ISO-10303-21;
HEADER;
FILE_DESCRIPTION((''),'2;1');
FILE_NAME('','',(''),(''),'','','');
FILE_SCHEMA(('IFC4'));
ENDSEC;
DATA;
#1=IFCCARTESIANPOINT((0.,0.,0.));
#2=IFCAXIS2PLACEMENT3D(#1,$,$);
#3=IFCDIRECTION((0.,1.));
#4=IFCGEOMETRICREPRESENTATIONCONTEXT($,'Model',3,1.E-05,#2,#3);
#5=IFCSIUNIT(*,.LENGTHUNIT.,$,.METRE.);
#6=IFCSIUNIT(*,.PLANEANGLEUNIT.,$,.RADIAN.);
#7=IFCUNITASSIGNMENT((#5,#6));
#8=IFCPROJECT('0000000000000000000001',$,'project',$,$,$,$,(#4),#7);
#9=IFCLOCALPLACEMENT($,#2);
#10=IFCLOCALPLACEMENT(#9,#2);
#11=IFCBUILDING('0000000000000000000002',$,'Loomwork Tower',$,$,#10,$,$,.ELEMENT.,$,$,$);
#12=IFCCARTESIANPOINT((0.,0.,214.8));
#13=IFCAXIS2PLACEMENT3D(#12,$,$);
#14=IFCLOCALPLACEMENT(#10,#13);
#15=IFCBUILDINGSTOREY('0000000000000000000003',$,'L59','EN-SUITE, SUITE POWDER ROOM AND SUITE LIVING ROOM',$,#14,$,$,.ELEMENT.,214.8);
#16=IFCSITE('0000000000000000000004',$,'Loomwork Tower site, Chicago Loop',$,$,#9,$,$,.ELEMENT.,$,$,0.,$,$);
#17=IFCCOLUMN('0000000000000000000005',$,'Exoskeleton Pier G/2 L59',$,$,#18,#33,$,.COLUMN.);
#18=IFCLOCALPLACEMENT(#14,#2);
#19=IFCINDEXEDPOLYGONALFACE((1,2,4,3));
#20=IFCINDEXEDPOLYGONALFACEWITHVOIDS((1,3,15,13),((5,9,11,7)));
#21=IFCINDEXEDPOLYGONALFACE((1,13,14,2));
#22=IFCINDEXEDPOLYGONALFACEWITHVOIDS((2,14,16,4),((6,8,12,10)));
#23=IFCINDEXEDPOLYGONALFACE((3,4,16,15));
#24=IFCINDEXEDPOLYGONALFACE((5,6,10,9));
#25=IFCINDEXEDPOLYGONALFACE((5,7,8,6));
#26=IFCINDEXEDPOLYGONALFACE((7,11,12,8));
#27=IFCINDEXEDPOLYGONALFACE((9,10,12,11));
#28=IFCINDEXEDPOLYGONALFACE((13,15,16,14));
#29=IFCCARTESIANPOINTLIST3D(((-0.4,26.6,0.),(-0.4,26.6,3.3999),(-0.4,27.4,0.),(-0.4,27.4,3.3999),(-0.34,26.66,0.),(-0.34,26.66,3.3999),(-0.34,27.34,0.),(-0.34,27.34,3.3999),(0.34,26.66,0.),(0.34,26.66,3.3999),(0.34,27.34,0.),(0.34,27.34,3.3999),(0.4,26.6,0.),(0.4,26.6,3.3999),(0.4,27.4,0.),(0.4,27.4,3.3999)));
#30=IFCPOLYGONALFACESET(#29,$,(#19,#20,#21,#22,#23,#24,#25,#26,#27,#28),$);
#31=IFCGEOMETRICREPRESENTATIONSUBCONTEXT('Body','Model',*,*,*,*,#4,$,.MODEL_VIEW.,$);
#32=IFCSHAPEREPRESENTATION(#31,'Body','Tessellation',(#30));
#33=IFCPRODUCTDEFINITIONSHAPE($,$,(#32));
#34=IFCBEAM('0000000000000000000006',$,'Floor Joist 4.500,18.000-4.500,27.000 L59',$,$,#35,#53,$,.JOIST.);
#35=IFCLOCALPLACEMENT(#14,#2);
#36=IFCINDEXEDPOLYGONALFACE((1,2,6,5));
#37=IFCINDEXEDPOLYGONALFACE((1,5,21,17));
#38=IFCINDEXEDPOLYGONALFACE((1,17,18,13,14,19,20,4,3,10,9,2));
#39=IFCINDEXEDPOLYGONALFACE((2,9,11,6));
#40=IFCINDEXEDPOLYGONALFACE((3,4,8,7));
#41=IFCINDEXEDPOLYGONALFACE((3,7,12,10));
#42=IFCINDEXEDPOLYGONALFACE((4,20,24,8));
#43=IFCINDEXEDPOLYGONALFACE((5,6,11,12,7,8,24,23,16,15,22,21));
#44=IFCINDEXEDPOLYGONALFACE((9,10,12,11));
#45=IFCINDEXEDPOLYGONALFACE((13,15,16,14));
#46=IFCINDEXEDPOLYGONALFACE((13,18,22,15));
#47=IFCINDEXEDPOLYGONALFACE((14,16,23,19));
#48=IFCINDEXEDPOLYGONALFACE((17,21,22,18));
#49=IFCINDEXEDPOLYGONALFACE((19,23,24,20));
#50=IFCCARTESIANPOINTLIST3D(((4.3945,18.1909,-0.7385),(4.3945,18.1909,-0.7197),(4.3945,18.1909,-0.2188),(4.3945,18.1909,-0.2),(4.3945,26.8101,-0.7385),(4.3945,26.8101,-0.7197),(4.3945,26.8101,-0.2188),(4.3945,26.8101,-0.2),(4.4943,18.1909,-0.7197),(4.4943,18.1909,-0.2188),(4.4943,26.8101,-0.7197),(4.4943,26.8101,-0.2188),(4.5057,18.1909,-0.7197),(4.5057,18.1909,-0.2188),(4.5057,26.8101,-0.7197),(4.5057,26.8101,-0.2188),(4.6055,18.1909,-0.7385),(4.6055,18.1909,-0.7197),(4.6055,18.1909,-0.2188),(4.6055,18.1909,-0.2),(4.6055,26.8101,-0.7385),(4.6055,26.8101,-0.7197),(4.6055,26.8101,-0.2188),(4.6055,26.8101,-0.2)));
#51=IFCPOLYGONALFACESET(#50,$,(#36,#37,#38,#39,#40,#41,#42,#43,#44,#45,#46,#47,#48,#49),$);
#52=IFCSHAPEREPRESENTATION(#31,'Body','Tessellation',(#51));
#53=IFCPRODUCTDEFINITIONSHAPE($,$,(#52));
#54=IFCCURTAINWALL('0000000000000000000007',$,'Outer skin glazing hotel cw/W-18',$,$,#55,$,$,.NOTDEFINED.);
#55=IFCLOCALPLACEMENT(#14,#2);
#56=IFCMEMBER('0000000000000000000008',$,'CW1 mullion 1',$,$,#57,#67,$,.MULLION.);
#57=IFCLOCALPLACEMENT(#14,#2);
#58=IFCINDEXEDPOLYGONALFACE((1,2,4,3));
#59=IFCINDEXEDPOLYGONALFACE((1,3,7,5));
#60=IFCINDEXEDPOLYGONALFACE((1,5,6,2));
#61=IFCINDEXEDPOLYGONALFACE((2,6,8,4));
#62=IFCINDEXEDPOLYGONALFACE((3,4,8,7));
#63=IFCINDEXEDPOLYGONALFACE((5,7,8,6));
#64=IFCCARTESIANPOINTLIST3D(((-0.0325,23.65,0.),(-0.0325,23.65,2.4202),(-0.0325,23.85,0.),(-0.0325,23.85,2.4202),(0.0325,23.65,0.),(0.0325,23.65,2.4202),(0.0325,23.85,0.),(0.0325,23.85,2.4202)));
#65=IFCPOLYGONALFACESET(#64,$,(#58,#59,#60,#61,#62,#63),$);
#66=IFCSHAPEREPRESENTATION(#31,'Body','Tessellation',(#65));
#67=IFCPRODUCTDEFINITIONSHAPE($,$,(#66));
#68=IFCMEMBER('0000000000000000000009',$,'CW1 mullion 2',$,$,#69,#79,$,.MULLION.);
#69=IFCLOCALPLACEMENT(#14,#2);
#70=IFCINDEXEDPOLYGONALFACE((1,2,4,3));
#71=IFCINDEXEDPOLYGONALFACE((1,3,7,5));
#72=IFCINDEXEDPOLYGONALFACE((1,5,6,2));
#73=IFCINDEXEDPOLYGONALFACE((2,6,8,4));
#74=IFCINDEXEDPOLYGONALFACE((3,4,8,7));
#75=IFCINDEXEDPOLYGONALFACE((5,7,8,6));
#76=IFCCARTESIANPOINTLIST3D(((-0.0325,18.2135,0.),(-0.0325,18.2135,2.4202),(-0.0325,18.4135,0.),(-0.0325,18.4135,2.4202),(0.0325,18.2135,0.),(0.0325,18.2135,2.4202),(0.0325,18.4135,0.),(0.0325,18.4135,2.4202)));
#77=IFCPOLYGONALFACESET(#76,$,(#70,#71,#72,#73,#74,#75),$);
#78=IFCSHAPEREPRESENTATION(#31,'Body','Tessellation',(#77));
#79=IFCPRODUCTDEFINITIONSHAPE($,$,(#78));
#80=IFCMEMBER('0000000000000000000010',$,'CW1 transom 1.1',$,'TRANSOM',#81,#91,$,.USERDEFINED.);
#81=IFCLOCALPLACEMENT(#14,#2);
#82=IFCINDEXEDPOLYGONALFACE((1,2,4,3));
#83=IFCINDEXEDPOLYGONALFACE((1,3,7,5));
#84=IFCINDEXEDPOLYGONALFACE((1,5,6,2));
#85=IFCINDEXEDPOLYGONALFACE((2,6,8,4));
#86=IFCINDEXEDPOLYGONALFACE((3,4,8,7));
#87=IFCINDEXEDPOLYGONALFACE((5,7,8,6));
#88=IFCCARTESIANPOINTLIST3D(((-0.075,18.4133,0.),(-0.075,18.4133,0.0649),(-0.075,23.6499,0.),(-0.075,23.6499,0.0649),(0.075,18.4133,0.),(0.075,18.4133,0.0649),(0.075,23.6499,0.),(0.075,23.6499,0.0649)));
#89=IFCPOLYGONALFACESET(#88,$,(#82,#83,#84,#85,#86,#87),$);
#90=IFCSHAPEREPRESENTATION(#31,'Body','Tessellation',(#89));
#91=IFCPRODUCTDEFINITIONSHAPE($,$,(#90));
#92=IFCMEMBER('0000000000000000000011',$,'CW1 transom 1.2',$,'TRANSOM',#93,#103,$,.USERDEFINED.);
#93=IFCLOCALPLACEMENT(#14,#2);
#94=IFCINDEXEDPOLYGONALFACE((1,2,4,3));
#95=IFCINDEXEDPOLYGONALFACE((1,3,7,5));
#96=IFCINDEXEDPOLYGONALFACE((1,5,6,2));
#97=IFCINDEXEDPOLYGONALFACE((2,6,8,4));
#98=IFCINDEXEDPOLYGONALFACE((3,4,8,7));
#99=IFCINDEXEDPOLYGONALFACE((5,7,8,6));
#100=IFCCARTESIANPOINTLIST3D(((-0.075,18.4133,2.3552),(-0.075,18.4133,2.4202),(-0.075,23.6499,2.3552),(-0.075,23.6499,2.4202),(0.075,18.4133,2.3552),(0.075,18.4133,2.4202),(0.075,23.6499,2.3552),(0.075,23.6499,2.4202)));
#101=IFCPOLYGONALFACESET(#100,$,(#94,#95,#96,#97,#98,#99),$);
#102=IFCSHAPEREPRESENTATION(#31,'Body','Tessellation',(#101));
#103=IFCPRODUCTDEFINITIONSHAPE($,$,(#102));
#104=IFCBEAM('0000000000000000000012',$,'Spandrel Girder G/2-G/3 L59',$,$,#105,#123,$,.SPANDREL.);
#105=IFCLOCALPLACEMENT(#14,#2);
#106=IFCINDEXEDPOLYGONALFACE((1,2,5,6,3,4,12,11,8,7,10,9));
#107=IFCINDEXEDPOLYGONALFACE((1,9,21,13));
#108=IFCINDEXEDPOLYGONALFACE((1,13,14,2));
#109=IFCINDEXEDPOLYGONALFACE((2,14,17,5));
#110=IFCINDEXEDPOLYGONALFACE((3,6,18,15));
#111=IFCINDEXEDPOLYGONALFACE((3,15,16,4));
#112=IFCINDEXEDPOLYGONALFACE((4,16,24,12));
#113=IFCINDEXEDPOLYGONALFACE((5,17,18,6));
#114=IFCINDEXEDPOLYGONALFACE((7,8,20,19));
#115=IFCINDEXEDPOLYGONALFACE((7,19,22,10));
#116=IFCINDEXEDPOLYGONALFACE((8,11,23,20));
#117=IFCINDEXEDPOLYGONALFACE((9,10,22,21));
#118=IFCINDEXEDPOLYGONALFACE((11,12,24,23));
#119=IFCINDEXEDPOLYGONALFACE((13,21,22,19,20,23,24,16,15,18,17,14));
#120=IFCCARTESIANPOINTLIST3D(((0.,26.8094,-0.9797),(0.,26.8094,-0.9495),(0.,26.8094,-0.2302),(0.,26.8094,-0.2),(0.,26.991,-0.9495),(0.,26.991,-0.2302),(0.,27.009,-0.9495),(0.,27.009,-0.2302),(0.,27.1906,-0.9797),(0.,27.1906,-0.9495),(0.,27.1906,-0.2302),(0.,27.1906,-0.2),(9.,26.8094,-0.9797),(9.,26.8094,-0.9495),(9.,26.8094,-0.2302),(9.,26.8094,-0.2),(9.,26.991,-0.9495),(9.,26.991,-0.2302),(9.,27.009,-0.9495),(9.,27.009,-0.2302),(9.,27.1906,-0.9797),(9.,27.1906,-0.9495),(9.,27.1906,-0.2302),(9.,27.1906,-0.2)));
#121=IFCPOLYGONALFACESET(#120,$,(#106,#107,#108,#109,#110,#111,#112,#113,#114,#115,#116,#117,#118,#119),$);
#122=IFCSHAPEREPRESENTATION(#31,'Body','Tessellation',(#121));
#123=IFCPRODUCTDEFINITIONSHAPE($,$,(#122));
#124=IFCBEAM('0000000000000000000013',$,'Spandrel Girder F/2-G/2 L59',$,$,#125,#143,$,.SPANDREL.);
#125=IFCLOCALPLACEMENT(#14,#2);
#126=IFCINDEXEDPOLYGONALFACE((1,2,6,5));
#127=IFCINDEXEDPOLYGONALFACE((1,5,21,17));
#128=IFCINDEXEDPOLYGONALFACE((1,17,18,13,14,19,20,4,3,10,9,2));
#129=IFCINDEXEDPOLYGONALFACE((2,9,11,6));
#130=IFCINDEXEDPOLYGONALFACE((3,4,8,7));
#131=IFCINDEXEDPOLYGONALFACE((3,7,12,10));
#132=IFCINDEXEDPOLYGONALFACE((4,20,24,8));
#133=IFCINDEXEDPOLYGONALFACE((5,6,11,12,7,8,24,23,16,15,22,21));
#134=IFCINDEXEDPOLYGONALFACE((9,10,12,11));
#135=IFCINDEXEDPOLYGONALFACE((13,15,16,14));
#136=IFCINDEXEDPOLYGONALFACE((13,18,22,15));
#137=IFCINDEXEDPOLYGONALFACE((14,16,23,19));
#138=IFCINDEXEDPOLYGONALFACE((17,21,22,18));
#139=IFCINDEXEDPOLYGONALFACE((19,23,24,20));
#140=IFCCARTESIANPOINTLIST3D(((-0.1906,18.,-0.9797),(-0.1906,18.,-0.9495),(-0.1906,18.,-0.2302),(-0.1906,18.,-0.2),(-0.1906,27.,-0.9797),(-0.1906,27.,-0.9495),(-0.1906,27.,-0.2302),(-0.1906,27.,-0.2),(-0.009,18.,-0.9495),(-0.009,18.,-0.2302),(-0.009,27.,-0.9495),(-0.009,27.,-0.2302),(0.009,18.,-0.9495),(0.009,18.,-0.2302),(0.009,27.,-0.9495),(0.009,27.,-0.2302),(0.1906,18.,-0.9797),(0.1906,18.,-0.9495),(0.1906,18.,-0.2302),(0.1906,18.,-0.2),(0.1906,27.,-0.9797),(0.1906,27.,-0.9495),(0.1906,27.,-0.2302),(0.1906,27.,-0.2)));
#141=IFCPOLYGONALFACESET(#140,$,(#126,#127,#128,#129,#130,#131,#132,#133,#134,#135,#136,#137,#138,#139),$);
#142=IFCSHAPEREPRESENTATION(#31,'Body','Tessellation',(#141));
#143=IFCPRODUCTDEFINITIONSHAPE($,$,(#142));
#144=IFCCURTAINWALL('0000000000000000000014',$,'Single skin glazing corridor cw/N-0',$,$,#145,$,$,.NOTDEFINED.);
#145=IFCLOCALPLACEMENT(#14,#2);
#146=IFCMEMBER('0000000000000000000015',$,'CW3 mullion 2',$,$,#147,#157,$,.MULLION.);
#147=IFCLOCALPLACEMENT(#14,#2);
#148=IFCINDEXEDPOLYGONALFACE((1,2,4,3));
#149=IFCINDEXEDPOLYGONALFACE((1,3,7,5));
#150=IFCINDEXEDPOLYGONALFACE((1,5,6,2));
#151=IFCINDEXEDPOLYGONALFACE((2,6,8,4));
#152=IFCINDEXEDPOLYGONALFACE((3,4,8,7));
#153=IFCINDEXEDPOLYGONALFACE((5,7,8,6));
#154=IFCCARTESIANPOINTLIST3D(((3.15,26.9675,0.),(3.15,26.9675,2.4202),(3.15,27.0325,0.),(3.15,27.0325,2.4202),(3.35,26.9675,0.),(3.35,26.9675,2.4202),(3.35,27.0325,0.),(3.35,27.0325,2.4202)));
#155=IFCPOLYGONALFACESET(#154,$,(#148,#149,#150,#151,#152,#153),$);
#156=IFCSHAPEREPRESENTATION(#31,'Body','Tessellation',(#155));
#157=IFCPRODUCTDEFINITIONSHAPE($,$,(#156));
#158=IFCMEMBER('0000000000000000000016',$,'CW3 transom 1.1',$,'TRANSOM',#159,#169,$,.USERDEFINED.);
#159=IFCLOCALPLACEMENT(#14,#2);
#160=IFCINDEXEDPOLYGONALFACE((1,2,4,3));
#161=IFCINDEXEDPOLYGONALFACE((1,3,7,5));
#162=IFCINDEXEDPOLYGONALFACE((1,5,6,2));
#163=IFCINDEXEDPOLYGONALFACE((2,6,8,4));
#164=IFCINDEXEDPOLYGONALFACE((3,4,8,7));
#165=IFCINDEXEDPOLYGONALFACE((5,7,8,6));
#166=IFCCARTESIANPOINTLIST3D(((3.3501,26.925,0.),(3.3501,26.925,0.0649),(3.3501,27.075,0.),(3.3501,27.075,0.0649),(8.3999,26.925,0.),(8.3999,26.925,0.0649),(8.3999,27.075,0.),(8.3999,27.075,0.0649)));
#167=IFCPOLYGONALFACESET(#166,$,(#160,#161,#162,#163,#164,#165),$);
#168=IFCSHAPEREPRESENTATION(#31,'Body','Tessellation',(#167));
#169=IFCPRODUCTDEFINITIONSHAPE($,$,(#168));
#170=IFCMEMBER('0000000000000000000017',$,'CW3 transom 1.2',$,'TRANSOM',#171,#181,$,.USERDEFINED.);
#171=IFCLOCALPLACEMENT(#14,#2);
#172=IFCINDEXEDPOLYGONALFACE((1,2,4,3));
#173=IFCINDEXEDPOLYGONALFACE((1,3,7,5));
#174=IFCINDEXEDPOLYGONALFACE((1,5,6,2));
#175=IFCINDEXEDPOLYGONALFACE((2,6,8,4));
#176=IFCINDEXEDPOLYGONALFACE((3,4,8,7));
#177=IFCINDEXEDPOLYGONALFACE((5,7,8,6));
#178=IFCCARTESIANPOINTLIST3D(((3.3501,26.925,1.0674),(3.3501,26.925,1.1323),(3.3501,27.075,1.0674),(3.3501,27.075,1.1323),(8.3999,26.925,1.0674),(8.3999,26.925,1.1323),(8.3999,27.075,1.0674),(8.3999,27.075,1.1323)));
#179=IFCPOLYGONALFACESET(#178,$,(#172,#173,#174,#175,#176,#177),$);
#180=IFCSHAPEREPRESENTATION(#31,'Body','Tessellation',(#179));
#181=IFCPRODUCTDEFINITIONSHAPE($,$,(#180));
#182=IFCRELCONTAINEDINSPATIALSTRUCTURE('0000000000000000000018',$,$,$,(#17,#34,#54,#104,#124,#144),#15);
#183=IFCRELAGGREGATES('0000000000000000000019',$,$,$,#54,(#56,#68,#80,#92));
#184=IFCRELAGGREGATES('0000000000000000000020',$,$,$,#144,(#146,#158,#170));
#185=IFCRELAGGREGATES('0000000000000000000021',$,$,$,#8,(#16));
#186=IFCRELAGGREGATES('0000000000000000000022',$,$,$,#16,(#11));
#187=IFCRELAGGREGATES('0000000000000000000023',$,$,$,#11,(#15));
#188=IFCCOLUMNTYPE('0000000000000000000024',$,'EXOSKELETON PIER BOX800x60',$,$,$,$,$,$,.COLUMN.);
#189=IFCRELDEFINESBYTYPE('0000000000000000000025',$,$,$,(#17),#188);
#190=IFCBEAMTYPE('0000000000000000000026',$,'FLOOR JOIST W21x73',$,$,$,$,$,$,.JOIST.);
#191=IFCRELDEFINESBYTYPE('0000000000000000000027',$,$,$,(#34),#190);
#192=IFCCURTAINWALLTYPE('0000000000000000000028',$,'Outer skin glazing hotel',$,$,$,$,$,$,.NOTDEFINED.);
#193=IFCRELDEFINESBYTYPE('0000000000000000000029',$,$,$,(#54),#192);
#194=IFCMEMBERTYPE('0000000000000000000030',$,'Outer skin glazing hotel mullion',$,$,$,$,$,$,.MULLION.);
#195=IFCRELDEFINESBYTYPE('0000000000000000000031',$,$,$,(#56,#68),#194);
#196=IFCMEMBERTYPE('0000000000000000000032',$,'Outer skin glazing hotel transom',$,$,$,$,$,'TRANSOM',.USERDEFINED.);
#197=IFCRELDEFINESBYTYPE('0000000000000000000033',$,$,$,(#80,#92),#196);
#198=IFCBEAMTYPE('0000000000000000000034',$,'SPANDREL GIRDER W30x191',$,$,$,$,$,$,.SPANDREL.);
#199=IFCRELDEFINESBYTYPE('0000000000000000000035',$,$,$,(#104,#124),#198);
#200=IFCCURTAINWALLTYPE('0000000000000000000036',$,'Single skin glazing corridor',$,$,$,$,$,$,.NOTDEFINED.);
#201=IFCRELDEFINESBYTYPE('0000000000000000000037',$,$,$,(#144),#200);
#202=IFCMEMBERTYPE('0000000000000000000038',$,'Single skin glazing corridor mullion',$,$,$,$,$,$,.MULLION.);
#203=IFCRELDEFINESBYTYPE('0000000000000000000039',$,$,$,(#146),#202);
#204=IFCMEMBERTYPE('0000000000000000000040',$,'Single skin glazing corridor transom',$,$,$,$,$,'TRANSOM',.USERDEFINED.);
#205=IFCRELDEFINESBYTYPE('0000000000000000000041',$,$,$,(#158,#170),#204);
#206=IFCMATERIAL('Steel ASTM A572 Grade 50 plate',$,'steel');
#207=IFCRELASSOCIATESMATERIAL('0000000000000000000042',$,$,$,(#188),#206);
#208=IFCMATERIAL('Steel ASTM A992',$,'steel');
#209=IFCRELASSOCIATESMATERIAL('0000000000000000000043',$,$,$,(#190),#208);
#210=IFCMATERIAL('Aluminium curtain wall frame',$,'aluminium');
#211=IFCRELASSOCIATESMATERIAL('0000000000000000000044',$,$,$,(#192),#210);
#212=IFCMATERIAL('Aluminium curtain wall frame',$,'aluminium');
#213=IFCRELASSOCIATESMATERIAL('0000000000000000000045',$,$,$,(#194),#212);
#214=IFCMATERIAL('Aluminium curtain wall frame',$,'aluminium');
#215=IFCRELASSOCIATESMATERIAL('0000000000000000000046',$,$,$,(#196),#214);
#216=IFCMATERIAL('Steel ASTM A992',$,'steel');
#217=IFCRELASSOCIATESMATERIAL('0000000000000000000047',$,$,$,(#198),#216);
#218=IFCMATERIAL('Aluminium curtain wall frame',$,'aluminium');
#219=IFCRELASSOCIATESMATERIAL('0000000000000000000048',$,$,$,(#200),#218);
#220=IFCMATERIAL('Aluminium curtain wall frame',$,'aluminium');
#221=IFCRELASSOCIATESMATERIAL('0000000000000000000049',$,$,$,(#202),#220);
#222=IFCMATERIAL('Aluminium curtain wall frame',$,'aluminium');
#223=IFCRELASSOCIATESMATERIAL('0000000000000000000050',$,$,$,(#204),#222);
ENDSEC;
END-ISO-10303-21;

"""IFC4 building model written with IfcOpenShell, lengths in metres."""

from ifc_helpers import new_model, si_unit, direction, frame, origin, origin_2d, place, context, subcontext, project, spatial, rectangle, hollow_rectangle, i_section, extrude, material, material_profile, profile_set, type_object, element, aggregate, save


model = new_model("IFC4")

# Units and contexts
model_context = context("Model", 3, precision=1e-05, world=origin(), true_north=direction((0.0, 1.0)))
body_context = subcontext(model_context, "Body", "Model", "MODEL_VIEW")
ifc_project = project(units=[si_unit("LENGTHUNIT", "METRE"), si_unit("PLANEANGLEUNIT", "RADIAN")], contexts=[model_context])

# Site, building, storey
site_placement = place(None, origin())
site = spatial("IfcSite", under=ifc_project, at=site_placement, Name="Loomwork Tower site, Chicago Loop", CompositionType="ELEMENT", RefElevation=0.0)
building_placement = place(site_placement, origin())
building = spatial("IfcBuilding", under=site, at=building_placement, Name="Loomwork Tower", CompositionType="ELEMENT")
storey_placement = place(building_placement, frame((0.0, 0.0, 214.8)))
storey = spatial("IfcBuildingStorey", under=building, at=storey_placement, Name="L59", Description="EN-SUITE, SUITE POWDER ROOM AND SUITE LIVING ROOM", CompositionType="ELEMENT", Elevation=214.8)

# Column
ifc_material_1 = material(Name="Steel ASTM A572 Grade 50 plate", Category="steel")
ifc_material_profile_1 = material_profile(ifc_material_1, hollow_rectangle(XDim=0.8, YDim=0.8, WallThickness=0.0601, at=origin_2d()), Name="BOX800x60")
ifc_profile_set_1 = profile_set([ifc_material_profile_1], Name="Steel ASTM A572 Grade 50 plate")
column_type = type_object("IfcColumnType", Name="EXOSKELETON PIER BOX800x60", PredefinedType="COLUMN", material=ifc_profile_set_1)
column_placement = place(storey_placement, frame((0.0, 27.0, 0.0), z_axis=(0.0, 0.0, 1.0), x_axis=(0.0, 1.0, 0.0)))
element("IfcColumn", 1, at=column_placement, inside=storey, type_object=column_type, Name="Exoskeleton Pier G/2 L59", PredefinedType="COLUMN", context=body_context, shape_type="SweptSolid", body=[
    extrude(hollow_rectangle(XDim=0.8, YDim=0.8, WallThickness=0.0601, at=origin_2d()), origin(), (0.0, 0.0, 1.0), 3.3999),
])

# Beam
ifc_material_2 = material(Name="Steel ASTM A992", Category="steel")
ifc_material_profile_2 = material_profile(ifc_material_2, i_section(OverallWidth=0.2109, OverallDepth=0.5386, WebThickness=0.0115, FlangeThickness=0.0188, at=origin_2d()), Name="W21x73")
ifc_profile_set_2 = profile_set([ifc_material_profile_2], Name="Steel ASTM A992")
beam_type_1 = type_object("IfcBeamType", Name="FLOOR JOIST W21x73", PredefinedType="JOIST", material=ifc_profile_set_2)
beam_placement = place(storey_placement, frame((4.5, 18.1909, -0.4692), z_axis=(0.0, 1.0, 0.0), x_axis=(-1.0, 0.0, 0.0)))
element("IfcBeam", 2, at=beam_placement, inside=storey, type_object=beam_type_1, Name="Floor Joist 4.500,18.000-4.500,27.000 L59", PredefinedType="JOIST", context=body_context, shape_type="SweptSolid", body=[
    extrude(i_section(OverallWidth=0.2109, OverallDepth=0.5386, WebThickness=0.0115, FlangeThickness=0.0188, at=origin_2d()), origin(), (0.0, 0.0, 1.0), 8.6191),
])

# Curtain wall, members
ifc_material_3 = material(Name="Aluminium curtain wall frame", Category="aluminium")
curtain_wall_type_1 = type_object("IfcCurtainWallType", Name="Outer skin glazing hotel", PredefinedType="NOTDEFINED", material=ifc_material_3)
curtain_wall_1_placement = place(storey_placement, origin())
curtain_wall_1 = element("IfcCurtainWall", 3, at=curtain_wall_1_placement, inside=storey, type_object=curtain_wall_type_1, Name="Outer skin glazing hotel cw/W-18", PredefinedType="NOTDEFINED")
ifc_material_4 = material(Name="Aluminium curtain wall frame", Category="aluminium")
ifc_material_profile_3 = material_profile(ifc_material_4, rectangle(XDim=0.0649, YDim=0.2, at=origin_2d()), Name="AL 65x200")
ifc_profile_set_3 = profile_set([ifc_material_profile_3], Name="Aluminium curtain wall frame")
member_type_1 = type_object("IfcMemberType", Name="Outer skin glazing hotel mullion", PredefinedType="MULLION", material=ifc_profile_set_3)
member_1_placement = place(storey_placement, frame((0.0, 23.75, 0.0), z_axis=(0.0, 0.0, 1.0), x_axis=(1.0, 0.0, 0.0)))
member_1 = element("IfcMember", 4, at=member_1_placement, type_object=member_type_1, Name="CW1 mullion 1", PredefinedType="MULLION", context=body_context, shape_type="SweptSolid", body=[
    extrude(rectangle(XDim=0.0649, YDim=0.2, at=origin_2d()), origin(), (0.0, 0.0, 1.0), 2.4202),
])
member_2_placement = place(storey_placement, frame((0.0, 18.3135, 0.0), z_axis=(0.0, 0.0, 1.0), x_axis=(1.0, 0.0, 0.0)))
member_2 = element("IfcMember", 5, at=member_2_placement, type_object=member_type_1, Name="CW1 mullion 2", PredefinedType="MULLION", context=body_context, shape_type="SweptSolid", body=[
    extrude(rectangle(XDim=0.0649, YDim=0.2, at=origin_2d()), origin(), (0.0, 0.0, 1.0), 2.4202),
])
ifc_material_5 = material(Name="Aluminium curtain wall frame", Category="aluminium")
ifc_material_profile_4 = material_profile(ifc_material_5, rectangle(XDim=0.1499, YDim=0.0649, at=origin_2d()), Name="AL 65x150")
ifc_profile_set_4 = profile_set([ifc_material_profile_4], Name="Aluminium curtain wall frame")
member_type_2 = type_object("IfcMemberType", Name="Outer skin glazing hotel transom", ElementType="TRANSOM", PredefinedType="USERDEFINED", material=ifc_profile_set_4)
member_3_placement = place(storey_placement, frame((0.0, 23.6499, 0.0325), z_axis=(0.0, -1.0, 0.0), x_axis=(1.0, 0.0, 0.0)))
member_3 = element("IfcMember", 6, at=member_3_placement, type_object=member_type_2, Name="CW1 transom 1.1", ObjectType="TRANSOM", PredefinedType="USERDEFINED", context=body_context, shape_type="SweptSolid", body=[
    extrude(rectangle(XDim=0.1499, YDim=0.0649, at=origin_2d()), origin(), (0.0, 0.0, 1.0), 5.2366),
])
member_4_placement = place(storey_placement, frame((0.0, 23.6499, 2.3877), z_axis=(0.0, -1.0, 0.0), x_axis=(1.0, 0.0, 0.0)))
member_4 = element("IfcMember", 7, at=member_4_placement, type_object=member_type_2, Name="CW1 transom 1.2", ObjectType="TRANSOM", PredefinedType="USERDEFINED", context=body_context, shape_type="SweptSolid", body=[
    extrude(rectangle(XDim=0.1499, YDim=0.0649, at=origin_2d()), origin(), (0.0, 0.0, 1.0), 5.2366),
])

# Beams
ifc_material_6 = material(Name="Steel ASTM A992", Category="steel")
ifc_material_profile_5 = material_profile(ifc_material_6, i_section(OverallWidth=0.3811, OverallDepth=0.7798, WebThickness=0.0181, FlangeThickness=0.0303, at=origin_2d()), Name="W30x191")
ifc_profile_set_5 = profile_set([ifc_material_profile_5], Name="Steel ASTM A992")
beam_type_2 = type_object("IfcBeamType", Name="SPANDREL GIRDER W30x191", PredefinedType="SPANDREL", material=ifc_profile_set_5)
for number, where, z_axis, x_axis, name in (
    (8, (0.0, 27.0, -0.5898), (1.0, 0.0, 0.0), (0.0, 1.0, 0.0), "Spandrel Girder G/2-G/3 L59"),
    (9, (0.0, 18.0, -0.5898), (0.0, 1.0, 0.0), (-1.0, 0.0, 0.0), "Spandrel Girder F/2-G/2 L59"),
):
    element("IfcBeam", number, at=place(storey_placement, frame(where, z_axis=z_axis, x_axis=x_axis)), inside=storey, type_object=beam_type_2, Name=name, PredefinedType="SPANDREL", context=body_context, shape_type="SweptSolid", body=[
        extrude(i_section(OverallWidth=0.3811, OverallDepth=0.7798, WebThickness=0.0181, FlangeThickness=0.0303, at=origin_2d()), origin(), (0.0, 0.0, 1.0), 9.0),
    ])

# Curtain wall, members
ifc_material_7 = material(Name="Aluminium curtain wall frame", Category="aluminium")
curtain_wall_type_2 = type_object("IfcCurtainWallType", Name="Single skin glazing corridor", PredefinedType="NOTDEFINED", material=ifc_material_7)
curtain_wall_2_placement = place(storey_placement, origin())
curtain_wall_2 = element("IfcCurtainWall", 10, at=curtain_wall_2_placement, inside=storey, type_object=curtain_wall_type_2, Name="Single skin glazing corridor cw/N-0", PredefinedType="NOTDEFINED")
ifc_material_8 = material(Name="Aluminium curtain wall frame", Category="aluminium")
ifc_material_profile_6 = material_profile(ifc_material_8, rectangle(XDim=0.0649, YDim=0.2, at=origin_2d()), Name="AL 65x200")
ifc_profile_set_6 = profile_set([ifc_material_profile_6], Name="Aluminium curtain wall frame")
member_type_3 = type_object("IfcMemberType", Name="Single skin glazing corridor mullion", PredefinedType="MULLION", material=ifc_profile_set_6)
member_5_placement = place(storey_placement, frame((3.25, 27.0, 0.0), z_axis=(0.0, 0.0, 1.0), x_axis=(0.0, -1.0, 0.0)))
member_5 = element("IfcMember", 11, at=member_5_placement, type_object=member_type_3, Name="CW3 mullion 2", PredefinedType="MULLION", context=body_context, shape_type="SweptSolid", body=[
    extrude(rectangle(XDim=0.0649, YDim=0.2, at=origin_2d()), origin(), (0.0, 0.0, 1.0), 2.4202),
])
ifc_material_9 = material(Name="Aluminium curtain wall frame", Category="aluminium")
ifc_material_profile_7 = material_profile(ifc_material_9, rectangle(XDim=0.1499, YDim=0.0649, at=origin_2d()), Name="AL 65x150")
ifc_profile_set_7 = profile_set([ifc_material_profile_7], Name="Aluminium curtain wall frame")
member_type_4 = type_object("IfcMemberType", Name="Single skin glazing corridor transom", ElementType="TRANSOM", PredefinedType="USERDEFINED", material=ifc_profile_set_7)
member_6_placement = place(storey_placement, frame((8.3999, 27.0, 0.0325), z_axis=(-1.0, 0.0, 0.0), x_axis=(0.0, -1.0, 0.0)))
member_6 = element("IfcMember", 12, at=member_6_placement, type_object=member_type_4, Name="CW3 transom 1.1", ObjectType="TRANSOM", PredefinedType="USERDEFINED", context=body_context, shape_type="SweptSolid", body=[
    extrude(rectangle(XDim=0.1499, YDim=0.0649, at=origin_2d()), origin(), (0.0, 0.0, 1.0), 5.0498),
])
member_7_placement = place(storey_placement, frame((8.3999, 27.0, 1.0999), z_axis=(-1.0, 0.0, 0.0), x_axis=(0.0, -1.0, 0.0)))
member_7 = element("IfcMember", 13, at=member_7_placement, type_object=member_type_4, Name="CW3 transom 1.2", ObjectType="TRANSOM", PredefinedType="USERDEFINED", context=body_context, shape_type="SweptSolid", body=[
    extrude(rectangle(XDim=0.1499, YDim=0.0649, at=origin_2d()), origin(), (0.0, 0.0, 1.0), 5.0498),
])

aggregate(curtain_wall_1, [member_1, member_2, member_3, member_4])
aggregate(curtain_wall_2, [member_5, member_6, member_7])

save(model, "model.ifc")
